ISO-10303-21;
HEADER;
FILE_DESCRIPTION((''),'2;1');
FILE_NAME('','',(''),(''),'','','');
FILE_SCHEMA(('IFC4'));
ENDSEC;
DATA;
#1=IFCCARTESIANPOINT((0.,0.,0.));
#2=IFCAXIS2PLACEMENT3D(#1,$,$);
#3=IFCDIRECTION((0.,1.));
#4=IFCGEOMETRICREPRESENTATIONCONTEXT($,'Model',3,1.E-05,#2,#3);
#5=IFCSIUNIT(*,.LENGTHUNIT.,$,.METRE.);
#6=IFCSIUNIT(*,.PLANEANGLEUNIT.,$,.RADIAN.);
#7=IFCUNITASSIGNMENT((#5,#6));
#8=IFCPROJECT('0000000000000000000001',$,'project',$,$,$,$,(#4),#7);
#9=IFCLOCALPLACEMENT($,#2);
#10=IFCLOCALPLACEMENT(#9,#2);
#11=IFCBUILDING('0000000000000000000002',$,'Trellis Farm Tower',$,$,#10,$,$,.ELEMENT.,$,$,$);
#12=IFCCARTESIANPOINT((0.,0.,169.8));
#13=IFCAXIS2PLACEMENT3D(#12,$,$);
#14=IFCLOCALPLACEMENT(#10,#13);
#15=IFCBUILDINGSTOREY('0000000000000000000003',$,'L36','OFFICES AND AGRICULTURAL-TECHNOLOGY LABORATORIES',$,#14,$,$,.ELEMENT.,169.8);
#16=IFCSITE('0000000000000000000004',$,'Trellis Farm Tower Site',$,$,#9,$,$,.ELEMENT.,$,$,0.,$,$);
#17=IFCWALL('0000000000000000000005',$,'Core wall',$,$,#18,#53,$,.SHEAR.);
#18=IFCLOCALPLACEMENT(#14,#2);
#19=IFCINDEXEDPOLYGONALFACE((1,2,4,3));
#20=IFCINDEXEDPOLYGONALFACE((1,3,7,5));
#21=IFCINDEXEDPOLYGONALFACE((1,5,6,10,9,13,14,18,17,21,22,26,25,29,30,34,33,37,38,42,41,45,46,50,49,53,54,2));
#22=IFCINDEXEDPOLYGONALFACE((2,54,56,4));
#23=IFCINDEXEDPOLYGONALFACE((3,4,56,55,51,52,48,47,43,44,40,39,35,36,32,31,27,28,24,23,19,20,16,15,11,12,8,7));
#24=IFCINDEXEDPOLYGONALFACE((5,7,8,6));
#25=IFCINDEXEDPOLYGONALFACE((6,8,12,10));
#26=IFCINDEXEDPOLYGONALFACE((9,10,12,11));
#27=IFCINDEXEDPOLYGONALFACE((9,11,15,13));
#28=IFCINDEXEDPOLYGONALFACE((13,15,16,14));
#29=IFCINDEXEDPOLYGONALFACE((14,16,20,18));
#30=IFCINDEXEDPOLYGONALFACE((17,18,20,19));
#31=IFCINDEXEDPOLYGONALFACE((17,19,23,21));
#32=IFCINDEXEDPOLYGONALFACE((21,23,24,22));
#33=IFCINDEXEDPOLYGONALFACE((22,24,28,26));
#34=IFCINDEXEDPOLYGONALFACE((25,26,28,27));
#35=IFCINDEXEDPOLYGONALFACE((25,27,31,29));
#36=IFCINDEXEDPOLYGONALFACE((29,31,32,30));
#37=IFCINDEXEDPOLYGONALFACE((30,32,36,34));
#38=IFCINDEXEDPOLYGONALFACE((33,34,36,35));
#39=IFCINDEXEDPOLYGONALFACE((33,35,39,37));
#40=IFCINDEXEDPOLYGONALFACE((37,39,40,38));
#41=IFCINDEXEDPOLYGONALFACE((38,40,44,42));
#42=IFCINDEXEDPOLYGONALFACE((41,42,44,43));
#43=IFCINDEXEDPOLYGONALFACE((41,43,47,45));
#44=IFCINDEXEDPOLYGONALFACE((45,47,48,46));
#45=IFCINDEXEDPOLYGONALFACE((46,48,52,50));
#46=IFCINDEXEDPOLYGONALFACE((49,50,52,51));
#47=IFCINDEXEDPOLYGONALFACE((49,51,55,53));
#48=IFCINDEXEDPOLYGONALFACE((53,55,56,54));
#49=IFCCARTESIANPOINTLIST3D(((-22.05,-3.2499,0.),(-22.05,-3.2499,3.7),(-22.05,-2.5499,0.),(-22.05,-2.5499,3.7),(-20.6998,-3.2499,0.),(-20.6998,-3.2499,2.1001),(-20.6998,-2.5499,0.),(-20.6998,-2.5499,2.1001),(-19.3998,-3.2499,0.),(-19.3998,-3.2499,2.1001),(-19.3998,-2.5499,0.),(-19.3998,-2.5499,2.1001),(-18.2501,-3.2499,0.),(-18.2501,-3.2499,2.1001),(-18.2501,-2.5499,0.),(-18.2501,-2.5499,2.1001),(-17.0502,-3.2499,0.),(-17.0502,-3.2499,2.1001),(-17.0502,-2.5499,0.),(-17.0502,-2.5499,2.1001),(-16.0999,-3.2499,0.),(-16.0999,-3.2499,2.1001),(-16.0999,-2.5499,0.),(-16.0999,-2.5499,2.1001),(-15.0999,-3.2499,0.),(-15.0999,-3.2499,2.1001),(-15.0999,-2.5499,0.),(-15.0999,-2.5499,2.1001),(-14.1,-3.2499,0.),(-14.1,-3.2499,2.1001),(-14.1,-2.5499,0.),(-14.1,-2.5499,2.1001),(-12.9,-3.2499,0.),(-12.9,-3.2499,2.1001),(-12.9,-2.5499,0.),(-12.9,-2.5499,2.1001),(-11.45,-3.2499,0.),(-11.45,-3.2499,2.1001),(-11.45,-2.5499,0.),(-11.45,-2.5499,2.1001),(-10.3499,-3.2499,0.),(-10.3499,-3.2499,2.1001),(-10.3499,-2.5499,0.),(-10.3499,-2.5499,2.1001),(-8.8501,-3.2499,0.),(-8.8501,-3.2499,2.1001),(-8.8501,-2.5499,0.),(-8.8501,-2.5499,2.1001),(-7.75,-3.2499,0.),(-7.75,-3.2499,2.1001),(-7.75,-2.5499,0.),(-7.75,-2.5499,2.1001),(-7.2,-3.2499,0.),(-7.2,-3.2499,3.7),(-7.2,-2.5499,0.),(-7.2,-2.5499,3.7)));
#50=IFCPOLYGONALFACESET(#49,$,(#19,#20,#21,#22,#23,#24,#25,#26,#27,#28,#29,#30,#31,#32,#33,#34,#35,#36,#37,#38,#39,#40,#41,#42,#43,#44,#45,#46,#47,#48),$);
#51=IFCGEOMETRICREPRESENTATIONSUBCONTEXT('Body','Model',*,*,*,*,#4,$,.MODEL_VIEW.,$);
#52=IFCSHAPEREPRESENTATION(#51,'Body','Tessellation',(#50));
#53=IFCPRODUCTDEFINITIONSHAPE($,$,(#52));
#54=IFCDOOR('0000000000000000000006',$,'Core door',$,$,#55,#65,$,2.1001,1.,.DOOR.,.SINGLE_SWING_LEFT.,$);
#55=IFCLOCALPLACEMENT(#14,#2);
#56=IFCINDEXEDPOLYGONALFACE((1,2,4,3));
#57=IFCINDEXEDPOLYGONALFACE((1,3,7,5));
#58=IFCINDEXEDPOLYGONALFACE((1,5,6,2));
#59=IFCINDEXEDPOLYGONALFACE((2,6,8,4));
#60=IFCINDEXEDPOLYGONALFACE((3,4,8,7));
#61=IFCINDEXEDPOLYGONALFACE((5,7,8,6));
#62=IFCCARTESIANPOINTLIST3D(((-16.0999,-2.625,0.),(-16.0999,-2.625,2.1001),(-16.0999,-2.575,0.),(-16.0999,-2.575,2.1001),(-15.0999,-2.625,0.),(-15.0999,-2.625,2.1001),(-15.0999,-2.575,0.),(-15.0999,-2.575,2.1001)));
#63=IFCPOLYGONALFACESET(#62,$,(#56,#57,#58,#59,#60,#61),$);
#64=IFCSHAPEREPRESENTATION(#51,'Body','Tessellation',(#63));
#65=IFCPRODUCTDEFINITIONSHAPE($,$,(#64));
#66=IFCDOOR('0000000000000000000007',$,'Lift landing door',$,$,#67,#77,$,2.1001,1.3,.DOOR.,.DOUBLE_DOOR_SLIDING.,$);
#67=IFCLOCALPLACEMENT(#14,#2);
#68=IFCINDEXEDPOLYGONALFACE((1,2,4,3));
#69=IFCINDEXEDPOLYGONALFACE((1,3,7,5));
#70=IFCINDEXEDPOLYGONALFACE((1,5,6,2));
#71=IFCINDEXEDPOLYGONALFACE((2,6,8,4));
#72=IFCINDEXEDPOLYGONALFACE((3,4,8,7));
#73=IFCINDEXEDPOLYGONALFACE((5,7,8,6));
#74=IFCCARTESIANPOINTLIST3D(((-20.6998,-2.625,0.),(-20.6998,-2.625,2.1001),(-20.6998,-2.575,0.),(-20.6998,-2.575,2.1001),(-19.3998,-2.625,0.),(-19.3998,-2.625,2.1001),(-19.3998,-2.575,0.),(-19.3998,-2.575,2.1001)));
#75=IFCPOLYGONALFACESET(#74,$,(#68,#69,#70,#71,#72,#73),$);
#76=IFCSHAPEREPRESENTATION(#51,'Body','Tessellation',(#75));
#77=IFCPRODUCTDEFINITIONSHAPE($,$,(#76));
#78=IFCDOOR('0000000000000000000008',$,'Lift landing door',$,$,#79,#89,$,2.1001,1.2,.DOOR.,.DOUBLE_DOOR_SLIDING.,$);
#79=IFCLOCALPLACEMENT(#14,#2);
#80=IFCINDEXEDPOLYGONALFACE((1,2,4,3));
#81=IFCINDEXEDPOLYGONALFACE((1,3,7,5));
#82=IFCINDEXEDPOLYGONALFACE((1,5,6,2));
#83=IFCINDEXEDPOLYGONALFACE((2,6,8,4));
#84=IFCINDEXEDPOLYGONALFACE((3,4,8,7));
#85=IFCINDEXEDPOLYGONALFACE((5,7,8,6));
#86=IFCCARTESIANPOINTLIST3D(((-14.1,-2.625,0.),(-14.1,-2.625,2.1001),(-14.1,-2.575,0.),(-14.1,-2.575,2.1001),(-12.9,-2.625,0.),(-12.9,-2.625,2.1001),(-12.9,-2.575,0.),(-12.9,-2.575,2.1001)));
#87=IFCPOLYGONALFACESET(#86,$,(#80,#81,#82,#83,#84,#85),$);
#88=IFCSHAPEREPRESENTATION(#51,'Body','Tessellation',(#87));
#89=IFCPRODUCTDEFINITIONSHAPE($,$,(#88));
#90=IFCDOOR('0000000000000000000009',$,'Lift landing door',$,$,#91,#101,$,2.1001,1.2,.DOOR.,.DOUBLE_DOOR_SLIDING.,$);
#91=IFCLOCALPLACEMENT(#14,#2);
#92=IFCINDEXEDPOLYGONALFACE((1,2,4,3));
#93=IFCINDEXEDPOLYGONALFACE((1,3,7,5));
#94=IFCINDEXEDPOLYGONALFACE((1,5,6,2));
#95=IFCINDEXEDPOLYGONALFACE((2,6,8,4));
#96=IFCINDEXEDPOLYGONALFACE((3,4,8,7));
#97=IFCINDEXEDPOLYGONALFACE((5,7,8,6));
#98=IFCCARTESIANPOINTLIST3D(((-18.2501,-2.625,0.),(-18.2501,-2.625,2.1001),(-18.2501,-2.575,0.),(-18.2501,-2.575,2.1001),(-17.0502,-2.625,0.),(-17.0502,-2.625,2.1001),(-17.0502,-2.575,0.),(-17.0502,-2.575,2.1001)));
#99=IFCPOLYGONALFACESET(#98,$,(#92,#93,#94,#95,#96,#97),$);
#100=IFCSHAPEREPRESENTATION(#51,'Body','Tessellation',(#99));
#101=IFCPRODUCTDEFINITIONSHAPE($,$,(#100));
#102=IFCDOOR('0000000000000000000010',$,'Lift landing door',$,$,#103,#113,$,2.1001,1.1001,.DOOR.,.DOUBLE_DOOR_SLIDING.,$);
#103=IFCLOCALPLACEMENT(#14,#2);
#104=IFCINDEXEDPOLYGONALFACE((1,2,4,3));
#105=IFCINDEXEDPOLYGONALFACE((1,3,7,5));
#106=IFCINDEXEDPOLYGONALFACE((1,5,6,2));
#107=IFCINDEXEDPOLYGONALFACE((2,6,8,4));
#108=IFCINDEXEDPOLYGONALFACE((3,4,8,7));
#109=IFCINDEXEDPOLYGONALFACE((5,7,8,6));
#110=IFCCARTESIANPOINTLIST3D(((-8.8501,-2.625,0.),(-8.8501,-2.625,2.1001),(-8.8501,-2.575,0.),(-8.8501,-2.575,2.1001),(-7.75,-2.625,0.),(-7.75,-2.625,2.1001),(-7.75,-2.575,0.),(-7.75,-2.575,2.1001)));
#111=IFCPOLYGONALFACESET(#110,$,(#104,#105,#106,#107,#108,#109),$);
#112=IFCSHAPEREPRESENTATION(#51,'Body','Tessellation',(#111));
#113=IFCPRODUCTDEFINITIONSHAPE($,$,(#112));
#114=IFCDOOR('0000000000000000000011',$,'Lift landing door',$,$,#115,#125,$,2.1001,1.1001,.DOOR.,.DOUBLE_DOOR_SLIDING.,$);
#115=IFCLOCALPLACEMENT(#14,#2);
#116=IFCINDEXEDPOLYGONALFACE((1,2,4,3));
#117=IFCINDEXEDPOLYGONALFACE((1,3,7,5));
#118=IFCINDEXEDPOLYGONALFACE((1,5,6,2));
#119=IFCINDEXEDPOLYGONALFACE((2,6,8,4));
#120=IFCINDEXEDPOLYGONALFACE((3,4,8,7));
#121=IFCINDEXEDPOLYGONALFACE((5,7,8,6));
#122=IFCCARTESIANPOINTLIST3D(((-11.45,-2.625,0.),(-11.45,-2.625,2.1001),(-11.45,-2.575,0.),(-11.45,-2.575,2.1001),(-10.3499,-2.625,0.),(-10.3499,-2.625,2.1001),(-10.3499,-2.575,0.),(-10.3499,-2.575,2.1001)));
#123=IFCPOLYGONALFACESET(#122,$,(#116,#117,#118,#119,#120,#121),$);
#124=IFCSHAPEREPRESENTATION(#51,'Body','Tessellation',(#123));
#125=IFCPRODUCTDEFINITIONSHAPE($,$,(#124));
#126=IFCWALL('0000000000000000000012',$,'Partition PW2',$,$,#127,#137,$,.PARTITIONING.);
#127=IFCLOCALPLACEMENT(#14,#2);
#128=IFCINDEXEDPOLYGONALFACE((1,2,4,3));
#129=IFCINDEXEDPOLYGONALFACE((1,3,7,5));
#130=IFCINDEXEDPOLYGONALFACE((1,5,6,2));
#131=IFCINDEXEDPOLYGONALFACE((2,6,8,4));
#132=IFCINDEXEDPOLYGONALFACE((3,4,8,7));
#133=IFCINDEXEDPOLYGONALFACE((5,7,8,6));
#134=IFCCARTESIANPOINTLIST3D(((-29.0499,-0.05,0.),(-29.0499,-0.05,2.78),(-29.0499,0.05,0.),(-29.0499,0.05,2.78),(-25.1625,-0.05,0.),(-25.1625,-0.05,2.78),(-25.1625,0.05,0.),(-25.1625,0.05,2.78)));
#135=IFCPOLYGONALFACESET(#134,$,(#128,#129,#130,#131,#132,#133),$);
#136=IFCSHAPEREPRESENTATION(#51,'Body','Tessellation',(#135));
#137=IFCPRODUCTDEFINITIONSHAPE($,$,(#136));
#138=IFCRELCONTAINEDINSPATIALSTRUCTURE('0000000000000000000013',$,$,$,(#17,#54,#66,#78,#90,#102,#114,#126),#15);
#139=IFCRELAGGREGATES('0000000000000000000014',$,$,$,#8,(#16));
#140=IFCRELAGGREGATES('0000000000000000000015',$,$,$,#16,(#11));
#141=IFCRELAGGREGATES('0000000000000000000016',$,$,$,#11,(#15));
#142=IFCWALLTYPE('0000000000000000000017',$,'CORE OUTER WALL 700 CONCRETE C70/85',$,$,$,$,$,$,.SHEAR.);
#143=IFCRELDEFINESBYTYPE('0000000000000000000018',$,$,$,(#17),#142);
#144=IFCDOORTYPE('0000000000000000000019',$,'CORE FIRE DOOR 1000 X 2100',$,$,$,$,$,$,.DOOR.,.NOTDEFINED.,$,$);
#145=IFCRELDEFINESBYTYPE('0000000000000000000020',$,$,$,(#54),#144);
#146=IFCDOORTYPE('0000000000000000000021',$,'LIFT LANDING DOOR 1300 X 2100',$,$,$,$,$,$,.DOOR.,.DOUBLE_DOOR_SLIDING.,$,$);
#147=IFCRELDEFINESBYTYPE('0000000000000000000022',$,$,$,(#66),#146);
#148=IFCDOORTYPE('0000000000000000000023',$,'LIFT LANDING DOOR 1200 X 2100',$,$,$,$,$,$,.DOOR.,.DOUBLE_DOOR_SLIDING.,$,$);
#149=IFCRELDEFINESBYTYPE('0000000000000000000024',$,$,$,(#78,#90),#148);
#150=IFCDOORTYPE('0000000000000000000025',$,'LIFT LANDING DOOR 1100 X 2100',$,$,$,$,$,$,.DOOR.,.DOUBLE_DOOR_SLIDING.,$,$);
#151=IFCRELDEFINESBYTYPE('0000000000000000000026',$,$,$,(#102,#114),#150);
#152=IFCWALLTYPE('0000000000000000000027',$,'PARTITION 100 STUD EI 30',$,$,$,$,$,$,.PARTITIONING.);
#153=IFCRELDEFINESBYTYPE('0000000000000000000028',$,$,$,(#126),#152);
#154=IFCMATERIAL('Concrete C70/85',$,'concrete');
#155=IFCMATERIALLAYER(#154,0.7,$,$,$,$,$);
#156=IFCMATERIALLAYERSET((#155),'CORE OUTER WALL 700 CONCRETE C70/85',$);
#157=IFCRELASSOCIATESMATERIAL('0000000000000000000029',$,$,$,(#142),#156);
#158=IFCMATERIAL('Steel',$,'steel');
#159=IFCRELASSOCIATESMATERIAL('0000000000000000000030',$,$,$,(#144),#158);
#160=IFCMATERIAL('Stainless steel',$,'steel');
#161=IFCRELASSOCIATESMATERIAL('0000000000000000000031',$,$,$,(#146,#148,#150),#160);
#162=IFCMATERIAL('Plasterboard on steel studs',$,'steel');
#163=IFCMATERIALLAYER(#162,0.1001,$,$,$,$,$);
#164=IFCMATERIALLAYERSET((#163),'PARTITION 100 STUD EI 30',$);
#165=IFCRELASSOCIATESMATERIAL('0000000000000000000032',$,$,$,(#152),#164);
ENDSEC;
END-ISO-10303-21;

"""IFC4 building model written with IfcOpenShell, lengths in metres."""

from ifc_helpers import new_model, si_unit, direction, frame, frame_2d, origin, place, context, subcontext, project, spatial, rectangle, extrude, source, transform, mapped, material, layer, layer_set, type_object, element, fill, save


model = new_model("IFC4")

# Units and contexts
model_context = context("Model", 3, precision=1e-05, world=origin(), true_north=direction((0.0, 1.0)))
body_context = subcontext(model_context, "Body", "Model", "MODEL_VIEW")
ifc_project = project(units=[si_unit("LENGTHUNIT", "METRE"), si_unit("PLANEANGLEUNIT", "RADIAN")], contexts=[model_context])

# Site, building, storey
site_placement = place(None, origin())
site = spatial("IfcSite", under=ifc_project, at=site_placement, Name="Trellis Farm Tower Site", CompositionType="ELEMENT", RefElevation=0.0)
building_placement = place(site_placement, origin())
building = spatial("IfcBuilding", under=site, at=building_placement, Name="Trellis Farm Tower", CompositionType="ELEMENT")
storey_placement = place(building_placement, frame((0.0, 0.0, 169.8)))
storey = spatial("IfcBuildingStorey", under=building, at=storey_placement, Name="L36", Description="OFFICES AND AGRICULTURAL-TECHNOLOGY LABORATORIES", CompositionType="ELEMENT", Elevation=169.8)

# Shared definitions
ifc_material_1 = material(Name="Concrete C70/85", Category="concrete")

# Shared definitions
ifc_material_2 = material(Name="Steel", Category="steel")

# Wall, openings, doors
ifc_layer_1 = layer(ifc_material_1, 0.7)
ifc_layer_set_1 = layer_set([ifc_layer_1], Name="CORE OUTER WALL 700 CONCRETE C70/85")
wall_type_1 = type_object("IfcWallType", Name="CORE OUTER WALL 700 CONCRETE C70/85", PredefinedType="SHEAR", material=ifc_layer_set_1)
shared_shape_1 = source(origin(), body_context, "Body", "SweptSolid", [
    extrude(rectangle(XDim=14.8501, YDim=0.7, at=frame_2d((7.425, 0.0))), origin(), (0.0, 0.0, 1.0), 3.7),
])
wall_1_placement = place(storey_placement, frame((-7.2, -2.8999, 0.0), z_axis=(0.0, 0.0, 1.0), x_axis=(-1.0, 0.0, 0.0)))
wall_1 = element("IfcWall", 1, at=wall_1_placement, inside=storey, type_object=wall_type_1, Name="Core wall", PredefinedType="SHEAR", context=body_context, shape_type="MappedRepresentation", body=[
    mapped(shared_shape_1, transform((0.0, 0.0, 0.0))),
])
shared_shape_2 = source(origin(), body_context, "Body", "SweptSolid", [
    extrude(rectangle(XDim=1.1001, YDim=2.1001, at=frame_2d((0.55, 1.05))), frame((0.0, 0.3601, 0.0), z_axis=(0.0, -1.0, 0.0), x_axis=(1.0, 0.0, 0.0)), (0.0, 0.0, 1.0), 0.7202),
])
opening_1_placement = place(wall_1_placement, frame((0.55, 0.0, 0.0)))
opening_1 = element("IfcOpeningElement", 2, at=opening_1_placement, cuts=wall_1, PredefinedType="OPENING", context=body_context, shape_type="MappedRepresentation", body=[
    mapped(shared_shape_2, transform((0.0, 0.0, 0.0))),
])
opening_2_placement = place(wall_1_placement, frame((3.1499, 0.0, 0.0)))
opening_2 = element("IfcOpeningElement", 3, at=opening_2_placement, cuts=wall_1, PredefinedType="OPENING", context=body_context, shape_type="MappedRepresentation", body=[
    mapped(shared_shape_2, transform((0.0, 0.0, 0.0))),
])
shared_shape_3 = source(origin(), body_context, "Body", "SweptSolid", [
    extrude(rectangle(XDim=1.2, YDim=2.1001, at=frame_2d((0.6001, 1.05))), frame((0.0, 0.3601, 0.0), z_axis=(0.0, -1.0, 0.0), x_axis=(1.0, 0.0, 0.0)), (0.0, 0.0, 1.0), 0.7202),
])
opening_3_placement = place(wall_1_placement, frame((5.7, 0.0, 0.0)))
opening_3 = element("IfcOpeningElement", 4, at=opening_3_placement, cuts=wall_1, PredefinedType="OPENING", context=body_context, shape_type="MappedRepresentation", body=[
    mapped(shared_shape_3, transform((0.0, 0.0, 0.0))),
])
shared_shape_4 = source(origin(), body_context, "Body", "SweptSolid", [
    extrude(rectangle(XDim=1.3, YDim=2.1001, at=frame_2d((0.6499, 1.05))), frame((0.0, 0.3601, 0.0), z_axis=(0.0, -1.0, 0.0), x_axis=(1.0, 0.0, 0.0)), (0.0, 0.0, 1.0), 0.7202),
])
opening_4_placement = place(wall_1_placement, frame((12.2, 0.0, 0.0)))
opening_4 = element("IfcOpeningElement", 5, at=opening_4_placement, cuts=wall_1, PredefinedType="OPENING", context=body_context, shape_type="MappedRepresentation", body=[
    mapped(shared_shape_4, transform((0.0, 0.0, 0.0))),
])
opening_5_placement = place(wall_1_placement, frame((9.8501, 0.0, 0.0)))
opening_5 = element("IfcOpeningElement", 6, at=opening_5_placement, cuts=wall_1, PredefinedType="OPENING", context=body_context, shape_type="MappedRepresentation", body=[
    mapped(shared_shape_3, transform((0.0, 0.0, 0.0))),
])
shared_shape_5 = source(origin(), body_context, "Body", "SweptSolid", [
    extrude(rectangle(XDim=1.0, YDim=2.1001, at=frame_2d((0.5, 1.05))), frame((0.0, 0.3601, 0.0), z_axis=(0.0, -1.0, 0.0), x_axis=(1.0, 0.0, 0.0)), (0.0, 0.0, 1.0), 0.7202),
])
opening_6_placement = place(wall_1_placement, frame((7.8999, 0.0, 0.0)))
opening_6 = element("IfcOpeningElement", 7, at=opening_6_placement, cuts=wall_1, PredefinedType="OPENING", context=body_context, shape_type="MappedRepresentation", body=[
    mapped(shared_shape_5, transform((0.0, 0.0, 0.0))),
])
door_type_1 = type_object("IfcDoorType", Name="CORE FIRE DOOR 1000 X 2100", OperationType="NOTDEFINED", PredefinedType="DOOR", material=ifc_material_2)
shared_shape_6 = source(origin(), body_context, "Body", "SweptSolid", [
    extrude(rectangle(XDim=1.0, YDim=2.1001, at=frame_2d((0.5, 1.05))), frame((0.0, -0.2749, 0.0), z_axis=(0.0, -1.0, 0.0), x_axis=(1.0, 0.0, 0.0)), (0.0, 0.0, 1.0), 0.05),
])
door_1_placement = place(opening_6_placement, origin())
door_1 = element("IfcDoor", 8, at=door_1_placement, inside=storey, type_object=door_type_1, Name="Core door", OperationType="SINGLE_SWING_LEFT", OverallHeight=2.1001, OverallWidth=1.0, PredefinedType="DOOR", context=body_context, shape_type="MappedRepresentation", body=[
    mapped(shared_shape_6, transform((0.0, 0.0, 0.0))),
])
fill(opening_6, door_1)
ifc_material_3 = material(Name="Stainless steel", Category="steel")
door_type_2 = type_object("IfcDoorType", Name="LIFT LANDING DOOR 1300 X 2100", OperationType="DOUBLE_DOOR_SLIDING", PredefinedType="DOOR", material=ifc_material_3)
shared_shape_7 = source(origin(), body_context, "Body", "SweptSolid", [
    extrude(rectangle(XDim=1.3, YDim=2.1001, at=frame_2d((0.6499, 1.05))), frame((0.0, -0.2749, 0.0), z_axis=(0.0, -1.0, 0.0), x_axis=(1.0, 0.0, 0.0)), (0.0, 0.0, 1.0), 0.05),
])
door_2_placement = place(opening_4_placement, origin())
door_2 = element("IfcDoor", 9, at=door_2_placement, inside=storey, type_object=door_type_2, Name="Lift landing door", OperationType="DOUBLE_DOOR_SLIDING", OverallHeight=2.1001, OverallWidth=1.3, PredefinedType="DOOR", context=body_context, shape_type="MappedRepresentation", body=[
    mapped(shared_shape_7, transform((0.0, 0.0, 0.0))),
])
fill(opening_4, door_2)
door_type_3 = type_object("IfcDoorType", Name="LIFT LANDING DOOR 1200 X 2100", OperationType="DOUBLE_DOOR_SLIDING", PredefinedType="DOOR", material=ifc_material_3)
shared_shape_8 = source(origin(), body_context, "Body", "SweptSolid", [
    extrude(rectangle(XDim=1.2, YDim=2.1001, at=frame_2d((0.6001, 1.05))), frame((0.0, -0.2749, 0.0), z_axis=(0.0, -1.0, 0.0), x_axis=(1.0, 0.0, 0.0)), (0.0, 0.0, 1.0), 0.05),
])
door_3_placement = place(opening_3_placement, origin())
door_3 = element("IfcDoor", 10, at=door_3_placement, inside=storey, type_object=door_type_3, Name="Lift landing door", OperationType="DOUBLE_DOOR_SLIDING", OverallHeight=2.1001, OverallWidth=1.2, PredefinedType="DOOR", context=body_context, shape_type="MappedRepresentation", body=[
    mapped(shared_shape_8, transform((0.0, 0.0, 0.0))),
])
fill(opening_3, door_3)
door_4_placement = place(opening_5_placement, origin())
door_4 = element("IfcDoor", 11, at=door_4_placement, inside=storey, type_object=door_type_3, Name="Lift landing door", OperationType="DOUBLE_DOOR_SLIDING", OverallHeight=2.1001, OverallWidth=1.2, PredefinedType="DOOR", context=body_context, shape_type="MappedRepresentation", body=[
    mapped(shared_shape_8, transform((0.0, 0.0, 0.0))),
])
fill(opening_5, door_4)
door_type_4 = type_object("IfcDoorType", Name="LIFT LANDING DOOR 1100 X 2100", OperationType="DOUBLE_DOOR_SLIDING", PredefinedType="DOOR", material=ifc_material_3)
shared_shape_9 = source(origin(), body_context, "Body", "SweptSolid", [
    extrude(rectangle(XDim=1.1001, YDim=2.1001, at=frame_2d((0.55, 1.05))), frame((0.0, -0.2749, 0.0), z_axis=(0.0, -1.0, 0.0), x_axis=(1.0, 0.0, 0.0)), (0.0, 0.0, 1.0), 0.05),
])
door_5_placement = place(opening_1_placement, origin())
door_5 = element("IfcDoor", 12, at=door_5_placement, inside=storey, type_object=door_type_4, Name="Lift landing door", OperationType="DOUBLE_DOOR_SLIDING", OverallHeight=2.1001, OverallWidth=1.1001, PredefinedType="DOOR", context=body_context, shape_type="MappedRepresentation", body=[
    mapped(shared_shape_9, transform((0.0, 0.0, 0.0))),
])
fill(opening_1, door_5)
door_6_placement = place(opening_2_placement, origin())
door_6 = element("IfcDoor", 13, at=door_6_placement, inside=storey, type_object=door_type_4, Name="Lift landing door", OperationType="DOUBLE_DOOR_SLIDING", OverallHeight=2.1001, OverallWidth=1.1001, PredefinedType="DOOR", context=body_context, shape_type="MappedRepresentation", body=[
    mapped(shared_shape_9, transform((0.0, 0.0, 0.0))),
])
fill(opening_2, door_6)

# Wall
ifc_material_4 = material(Name="Plasterboard on steel studs", Category="steel")
ifc_layer_2 = layer(ifc_material_4, 0.1001)
ifc_layer_set_2 = layer_set([ifc_layer_2], Name="PARTITION 100 STUD EI 30")
wall_type_2 = type_object("IfcWallType", Name="PARTITION 100 STUD EI 30", PredefinedType="PARTITIONING", material=ifc_layer_set_2)
shared_shape_10 = source(origin(), body_context, "Body", "SweptSolid", [
    extrude(rectangle(XDim=3.8875, YDim=0.1001, at=frame_2d((1.9438, 0.0))), origin(), (0.0, 0.0, 1.0), 2.78),
])
wall_2_placement = place(storey_placement, frame((-29.05, 0.0, 0.0), z_axis=(0.0, 0.0, 1.0), x_axis=(1.0, 0.0, 0.0)))
element("IfcWall", 14, at=wall_2_placement, inside=storey, type_object=wall_type_2, Name="Partition PW2", PredefinedType="PARTITIONING", context=body_context, shape_type="MappedRepresentation", body=[
    mapped(shared_shape_10, transform((0.0, 0.0, 0.0))),
])

save(model, "model.ifc")
